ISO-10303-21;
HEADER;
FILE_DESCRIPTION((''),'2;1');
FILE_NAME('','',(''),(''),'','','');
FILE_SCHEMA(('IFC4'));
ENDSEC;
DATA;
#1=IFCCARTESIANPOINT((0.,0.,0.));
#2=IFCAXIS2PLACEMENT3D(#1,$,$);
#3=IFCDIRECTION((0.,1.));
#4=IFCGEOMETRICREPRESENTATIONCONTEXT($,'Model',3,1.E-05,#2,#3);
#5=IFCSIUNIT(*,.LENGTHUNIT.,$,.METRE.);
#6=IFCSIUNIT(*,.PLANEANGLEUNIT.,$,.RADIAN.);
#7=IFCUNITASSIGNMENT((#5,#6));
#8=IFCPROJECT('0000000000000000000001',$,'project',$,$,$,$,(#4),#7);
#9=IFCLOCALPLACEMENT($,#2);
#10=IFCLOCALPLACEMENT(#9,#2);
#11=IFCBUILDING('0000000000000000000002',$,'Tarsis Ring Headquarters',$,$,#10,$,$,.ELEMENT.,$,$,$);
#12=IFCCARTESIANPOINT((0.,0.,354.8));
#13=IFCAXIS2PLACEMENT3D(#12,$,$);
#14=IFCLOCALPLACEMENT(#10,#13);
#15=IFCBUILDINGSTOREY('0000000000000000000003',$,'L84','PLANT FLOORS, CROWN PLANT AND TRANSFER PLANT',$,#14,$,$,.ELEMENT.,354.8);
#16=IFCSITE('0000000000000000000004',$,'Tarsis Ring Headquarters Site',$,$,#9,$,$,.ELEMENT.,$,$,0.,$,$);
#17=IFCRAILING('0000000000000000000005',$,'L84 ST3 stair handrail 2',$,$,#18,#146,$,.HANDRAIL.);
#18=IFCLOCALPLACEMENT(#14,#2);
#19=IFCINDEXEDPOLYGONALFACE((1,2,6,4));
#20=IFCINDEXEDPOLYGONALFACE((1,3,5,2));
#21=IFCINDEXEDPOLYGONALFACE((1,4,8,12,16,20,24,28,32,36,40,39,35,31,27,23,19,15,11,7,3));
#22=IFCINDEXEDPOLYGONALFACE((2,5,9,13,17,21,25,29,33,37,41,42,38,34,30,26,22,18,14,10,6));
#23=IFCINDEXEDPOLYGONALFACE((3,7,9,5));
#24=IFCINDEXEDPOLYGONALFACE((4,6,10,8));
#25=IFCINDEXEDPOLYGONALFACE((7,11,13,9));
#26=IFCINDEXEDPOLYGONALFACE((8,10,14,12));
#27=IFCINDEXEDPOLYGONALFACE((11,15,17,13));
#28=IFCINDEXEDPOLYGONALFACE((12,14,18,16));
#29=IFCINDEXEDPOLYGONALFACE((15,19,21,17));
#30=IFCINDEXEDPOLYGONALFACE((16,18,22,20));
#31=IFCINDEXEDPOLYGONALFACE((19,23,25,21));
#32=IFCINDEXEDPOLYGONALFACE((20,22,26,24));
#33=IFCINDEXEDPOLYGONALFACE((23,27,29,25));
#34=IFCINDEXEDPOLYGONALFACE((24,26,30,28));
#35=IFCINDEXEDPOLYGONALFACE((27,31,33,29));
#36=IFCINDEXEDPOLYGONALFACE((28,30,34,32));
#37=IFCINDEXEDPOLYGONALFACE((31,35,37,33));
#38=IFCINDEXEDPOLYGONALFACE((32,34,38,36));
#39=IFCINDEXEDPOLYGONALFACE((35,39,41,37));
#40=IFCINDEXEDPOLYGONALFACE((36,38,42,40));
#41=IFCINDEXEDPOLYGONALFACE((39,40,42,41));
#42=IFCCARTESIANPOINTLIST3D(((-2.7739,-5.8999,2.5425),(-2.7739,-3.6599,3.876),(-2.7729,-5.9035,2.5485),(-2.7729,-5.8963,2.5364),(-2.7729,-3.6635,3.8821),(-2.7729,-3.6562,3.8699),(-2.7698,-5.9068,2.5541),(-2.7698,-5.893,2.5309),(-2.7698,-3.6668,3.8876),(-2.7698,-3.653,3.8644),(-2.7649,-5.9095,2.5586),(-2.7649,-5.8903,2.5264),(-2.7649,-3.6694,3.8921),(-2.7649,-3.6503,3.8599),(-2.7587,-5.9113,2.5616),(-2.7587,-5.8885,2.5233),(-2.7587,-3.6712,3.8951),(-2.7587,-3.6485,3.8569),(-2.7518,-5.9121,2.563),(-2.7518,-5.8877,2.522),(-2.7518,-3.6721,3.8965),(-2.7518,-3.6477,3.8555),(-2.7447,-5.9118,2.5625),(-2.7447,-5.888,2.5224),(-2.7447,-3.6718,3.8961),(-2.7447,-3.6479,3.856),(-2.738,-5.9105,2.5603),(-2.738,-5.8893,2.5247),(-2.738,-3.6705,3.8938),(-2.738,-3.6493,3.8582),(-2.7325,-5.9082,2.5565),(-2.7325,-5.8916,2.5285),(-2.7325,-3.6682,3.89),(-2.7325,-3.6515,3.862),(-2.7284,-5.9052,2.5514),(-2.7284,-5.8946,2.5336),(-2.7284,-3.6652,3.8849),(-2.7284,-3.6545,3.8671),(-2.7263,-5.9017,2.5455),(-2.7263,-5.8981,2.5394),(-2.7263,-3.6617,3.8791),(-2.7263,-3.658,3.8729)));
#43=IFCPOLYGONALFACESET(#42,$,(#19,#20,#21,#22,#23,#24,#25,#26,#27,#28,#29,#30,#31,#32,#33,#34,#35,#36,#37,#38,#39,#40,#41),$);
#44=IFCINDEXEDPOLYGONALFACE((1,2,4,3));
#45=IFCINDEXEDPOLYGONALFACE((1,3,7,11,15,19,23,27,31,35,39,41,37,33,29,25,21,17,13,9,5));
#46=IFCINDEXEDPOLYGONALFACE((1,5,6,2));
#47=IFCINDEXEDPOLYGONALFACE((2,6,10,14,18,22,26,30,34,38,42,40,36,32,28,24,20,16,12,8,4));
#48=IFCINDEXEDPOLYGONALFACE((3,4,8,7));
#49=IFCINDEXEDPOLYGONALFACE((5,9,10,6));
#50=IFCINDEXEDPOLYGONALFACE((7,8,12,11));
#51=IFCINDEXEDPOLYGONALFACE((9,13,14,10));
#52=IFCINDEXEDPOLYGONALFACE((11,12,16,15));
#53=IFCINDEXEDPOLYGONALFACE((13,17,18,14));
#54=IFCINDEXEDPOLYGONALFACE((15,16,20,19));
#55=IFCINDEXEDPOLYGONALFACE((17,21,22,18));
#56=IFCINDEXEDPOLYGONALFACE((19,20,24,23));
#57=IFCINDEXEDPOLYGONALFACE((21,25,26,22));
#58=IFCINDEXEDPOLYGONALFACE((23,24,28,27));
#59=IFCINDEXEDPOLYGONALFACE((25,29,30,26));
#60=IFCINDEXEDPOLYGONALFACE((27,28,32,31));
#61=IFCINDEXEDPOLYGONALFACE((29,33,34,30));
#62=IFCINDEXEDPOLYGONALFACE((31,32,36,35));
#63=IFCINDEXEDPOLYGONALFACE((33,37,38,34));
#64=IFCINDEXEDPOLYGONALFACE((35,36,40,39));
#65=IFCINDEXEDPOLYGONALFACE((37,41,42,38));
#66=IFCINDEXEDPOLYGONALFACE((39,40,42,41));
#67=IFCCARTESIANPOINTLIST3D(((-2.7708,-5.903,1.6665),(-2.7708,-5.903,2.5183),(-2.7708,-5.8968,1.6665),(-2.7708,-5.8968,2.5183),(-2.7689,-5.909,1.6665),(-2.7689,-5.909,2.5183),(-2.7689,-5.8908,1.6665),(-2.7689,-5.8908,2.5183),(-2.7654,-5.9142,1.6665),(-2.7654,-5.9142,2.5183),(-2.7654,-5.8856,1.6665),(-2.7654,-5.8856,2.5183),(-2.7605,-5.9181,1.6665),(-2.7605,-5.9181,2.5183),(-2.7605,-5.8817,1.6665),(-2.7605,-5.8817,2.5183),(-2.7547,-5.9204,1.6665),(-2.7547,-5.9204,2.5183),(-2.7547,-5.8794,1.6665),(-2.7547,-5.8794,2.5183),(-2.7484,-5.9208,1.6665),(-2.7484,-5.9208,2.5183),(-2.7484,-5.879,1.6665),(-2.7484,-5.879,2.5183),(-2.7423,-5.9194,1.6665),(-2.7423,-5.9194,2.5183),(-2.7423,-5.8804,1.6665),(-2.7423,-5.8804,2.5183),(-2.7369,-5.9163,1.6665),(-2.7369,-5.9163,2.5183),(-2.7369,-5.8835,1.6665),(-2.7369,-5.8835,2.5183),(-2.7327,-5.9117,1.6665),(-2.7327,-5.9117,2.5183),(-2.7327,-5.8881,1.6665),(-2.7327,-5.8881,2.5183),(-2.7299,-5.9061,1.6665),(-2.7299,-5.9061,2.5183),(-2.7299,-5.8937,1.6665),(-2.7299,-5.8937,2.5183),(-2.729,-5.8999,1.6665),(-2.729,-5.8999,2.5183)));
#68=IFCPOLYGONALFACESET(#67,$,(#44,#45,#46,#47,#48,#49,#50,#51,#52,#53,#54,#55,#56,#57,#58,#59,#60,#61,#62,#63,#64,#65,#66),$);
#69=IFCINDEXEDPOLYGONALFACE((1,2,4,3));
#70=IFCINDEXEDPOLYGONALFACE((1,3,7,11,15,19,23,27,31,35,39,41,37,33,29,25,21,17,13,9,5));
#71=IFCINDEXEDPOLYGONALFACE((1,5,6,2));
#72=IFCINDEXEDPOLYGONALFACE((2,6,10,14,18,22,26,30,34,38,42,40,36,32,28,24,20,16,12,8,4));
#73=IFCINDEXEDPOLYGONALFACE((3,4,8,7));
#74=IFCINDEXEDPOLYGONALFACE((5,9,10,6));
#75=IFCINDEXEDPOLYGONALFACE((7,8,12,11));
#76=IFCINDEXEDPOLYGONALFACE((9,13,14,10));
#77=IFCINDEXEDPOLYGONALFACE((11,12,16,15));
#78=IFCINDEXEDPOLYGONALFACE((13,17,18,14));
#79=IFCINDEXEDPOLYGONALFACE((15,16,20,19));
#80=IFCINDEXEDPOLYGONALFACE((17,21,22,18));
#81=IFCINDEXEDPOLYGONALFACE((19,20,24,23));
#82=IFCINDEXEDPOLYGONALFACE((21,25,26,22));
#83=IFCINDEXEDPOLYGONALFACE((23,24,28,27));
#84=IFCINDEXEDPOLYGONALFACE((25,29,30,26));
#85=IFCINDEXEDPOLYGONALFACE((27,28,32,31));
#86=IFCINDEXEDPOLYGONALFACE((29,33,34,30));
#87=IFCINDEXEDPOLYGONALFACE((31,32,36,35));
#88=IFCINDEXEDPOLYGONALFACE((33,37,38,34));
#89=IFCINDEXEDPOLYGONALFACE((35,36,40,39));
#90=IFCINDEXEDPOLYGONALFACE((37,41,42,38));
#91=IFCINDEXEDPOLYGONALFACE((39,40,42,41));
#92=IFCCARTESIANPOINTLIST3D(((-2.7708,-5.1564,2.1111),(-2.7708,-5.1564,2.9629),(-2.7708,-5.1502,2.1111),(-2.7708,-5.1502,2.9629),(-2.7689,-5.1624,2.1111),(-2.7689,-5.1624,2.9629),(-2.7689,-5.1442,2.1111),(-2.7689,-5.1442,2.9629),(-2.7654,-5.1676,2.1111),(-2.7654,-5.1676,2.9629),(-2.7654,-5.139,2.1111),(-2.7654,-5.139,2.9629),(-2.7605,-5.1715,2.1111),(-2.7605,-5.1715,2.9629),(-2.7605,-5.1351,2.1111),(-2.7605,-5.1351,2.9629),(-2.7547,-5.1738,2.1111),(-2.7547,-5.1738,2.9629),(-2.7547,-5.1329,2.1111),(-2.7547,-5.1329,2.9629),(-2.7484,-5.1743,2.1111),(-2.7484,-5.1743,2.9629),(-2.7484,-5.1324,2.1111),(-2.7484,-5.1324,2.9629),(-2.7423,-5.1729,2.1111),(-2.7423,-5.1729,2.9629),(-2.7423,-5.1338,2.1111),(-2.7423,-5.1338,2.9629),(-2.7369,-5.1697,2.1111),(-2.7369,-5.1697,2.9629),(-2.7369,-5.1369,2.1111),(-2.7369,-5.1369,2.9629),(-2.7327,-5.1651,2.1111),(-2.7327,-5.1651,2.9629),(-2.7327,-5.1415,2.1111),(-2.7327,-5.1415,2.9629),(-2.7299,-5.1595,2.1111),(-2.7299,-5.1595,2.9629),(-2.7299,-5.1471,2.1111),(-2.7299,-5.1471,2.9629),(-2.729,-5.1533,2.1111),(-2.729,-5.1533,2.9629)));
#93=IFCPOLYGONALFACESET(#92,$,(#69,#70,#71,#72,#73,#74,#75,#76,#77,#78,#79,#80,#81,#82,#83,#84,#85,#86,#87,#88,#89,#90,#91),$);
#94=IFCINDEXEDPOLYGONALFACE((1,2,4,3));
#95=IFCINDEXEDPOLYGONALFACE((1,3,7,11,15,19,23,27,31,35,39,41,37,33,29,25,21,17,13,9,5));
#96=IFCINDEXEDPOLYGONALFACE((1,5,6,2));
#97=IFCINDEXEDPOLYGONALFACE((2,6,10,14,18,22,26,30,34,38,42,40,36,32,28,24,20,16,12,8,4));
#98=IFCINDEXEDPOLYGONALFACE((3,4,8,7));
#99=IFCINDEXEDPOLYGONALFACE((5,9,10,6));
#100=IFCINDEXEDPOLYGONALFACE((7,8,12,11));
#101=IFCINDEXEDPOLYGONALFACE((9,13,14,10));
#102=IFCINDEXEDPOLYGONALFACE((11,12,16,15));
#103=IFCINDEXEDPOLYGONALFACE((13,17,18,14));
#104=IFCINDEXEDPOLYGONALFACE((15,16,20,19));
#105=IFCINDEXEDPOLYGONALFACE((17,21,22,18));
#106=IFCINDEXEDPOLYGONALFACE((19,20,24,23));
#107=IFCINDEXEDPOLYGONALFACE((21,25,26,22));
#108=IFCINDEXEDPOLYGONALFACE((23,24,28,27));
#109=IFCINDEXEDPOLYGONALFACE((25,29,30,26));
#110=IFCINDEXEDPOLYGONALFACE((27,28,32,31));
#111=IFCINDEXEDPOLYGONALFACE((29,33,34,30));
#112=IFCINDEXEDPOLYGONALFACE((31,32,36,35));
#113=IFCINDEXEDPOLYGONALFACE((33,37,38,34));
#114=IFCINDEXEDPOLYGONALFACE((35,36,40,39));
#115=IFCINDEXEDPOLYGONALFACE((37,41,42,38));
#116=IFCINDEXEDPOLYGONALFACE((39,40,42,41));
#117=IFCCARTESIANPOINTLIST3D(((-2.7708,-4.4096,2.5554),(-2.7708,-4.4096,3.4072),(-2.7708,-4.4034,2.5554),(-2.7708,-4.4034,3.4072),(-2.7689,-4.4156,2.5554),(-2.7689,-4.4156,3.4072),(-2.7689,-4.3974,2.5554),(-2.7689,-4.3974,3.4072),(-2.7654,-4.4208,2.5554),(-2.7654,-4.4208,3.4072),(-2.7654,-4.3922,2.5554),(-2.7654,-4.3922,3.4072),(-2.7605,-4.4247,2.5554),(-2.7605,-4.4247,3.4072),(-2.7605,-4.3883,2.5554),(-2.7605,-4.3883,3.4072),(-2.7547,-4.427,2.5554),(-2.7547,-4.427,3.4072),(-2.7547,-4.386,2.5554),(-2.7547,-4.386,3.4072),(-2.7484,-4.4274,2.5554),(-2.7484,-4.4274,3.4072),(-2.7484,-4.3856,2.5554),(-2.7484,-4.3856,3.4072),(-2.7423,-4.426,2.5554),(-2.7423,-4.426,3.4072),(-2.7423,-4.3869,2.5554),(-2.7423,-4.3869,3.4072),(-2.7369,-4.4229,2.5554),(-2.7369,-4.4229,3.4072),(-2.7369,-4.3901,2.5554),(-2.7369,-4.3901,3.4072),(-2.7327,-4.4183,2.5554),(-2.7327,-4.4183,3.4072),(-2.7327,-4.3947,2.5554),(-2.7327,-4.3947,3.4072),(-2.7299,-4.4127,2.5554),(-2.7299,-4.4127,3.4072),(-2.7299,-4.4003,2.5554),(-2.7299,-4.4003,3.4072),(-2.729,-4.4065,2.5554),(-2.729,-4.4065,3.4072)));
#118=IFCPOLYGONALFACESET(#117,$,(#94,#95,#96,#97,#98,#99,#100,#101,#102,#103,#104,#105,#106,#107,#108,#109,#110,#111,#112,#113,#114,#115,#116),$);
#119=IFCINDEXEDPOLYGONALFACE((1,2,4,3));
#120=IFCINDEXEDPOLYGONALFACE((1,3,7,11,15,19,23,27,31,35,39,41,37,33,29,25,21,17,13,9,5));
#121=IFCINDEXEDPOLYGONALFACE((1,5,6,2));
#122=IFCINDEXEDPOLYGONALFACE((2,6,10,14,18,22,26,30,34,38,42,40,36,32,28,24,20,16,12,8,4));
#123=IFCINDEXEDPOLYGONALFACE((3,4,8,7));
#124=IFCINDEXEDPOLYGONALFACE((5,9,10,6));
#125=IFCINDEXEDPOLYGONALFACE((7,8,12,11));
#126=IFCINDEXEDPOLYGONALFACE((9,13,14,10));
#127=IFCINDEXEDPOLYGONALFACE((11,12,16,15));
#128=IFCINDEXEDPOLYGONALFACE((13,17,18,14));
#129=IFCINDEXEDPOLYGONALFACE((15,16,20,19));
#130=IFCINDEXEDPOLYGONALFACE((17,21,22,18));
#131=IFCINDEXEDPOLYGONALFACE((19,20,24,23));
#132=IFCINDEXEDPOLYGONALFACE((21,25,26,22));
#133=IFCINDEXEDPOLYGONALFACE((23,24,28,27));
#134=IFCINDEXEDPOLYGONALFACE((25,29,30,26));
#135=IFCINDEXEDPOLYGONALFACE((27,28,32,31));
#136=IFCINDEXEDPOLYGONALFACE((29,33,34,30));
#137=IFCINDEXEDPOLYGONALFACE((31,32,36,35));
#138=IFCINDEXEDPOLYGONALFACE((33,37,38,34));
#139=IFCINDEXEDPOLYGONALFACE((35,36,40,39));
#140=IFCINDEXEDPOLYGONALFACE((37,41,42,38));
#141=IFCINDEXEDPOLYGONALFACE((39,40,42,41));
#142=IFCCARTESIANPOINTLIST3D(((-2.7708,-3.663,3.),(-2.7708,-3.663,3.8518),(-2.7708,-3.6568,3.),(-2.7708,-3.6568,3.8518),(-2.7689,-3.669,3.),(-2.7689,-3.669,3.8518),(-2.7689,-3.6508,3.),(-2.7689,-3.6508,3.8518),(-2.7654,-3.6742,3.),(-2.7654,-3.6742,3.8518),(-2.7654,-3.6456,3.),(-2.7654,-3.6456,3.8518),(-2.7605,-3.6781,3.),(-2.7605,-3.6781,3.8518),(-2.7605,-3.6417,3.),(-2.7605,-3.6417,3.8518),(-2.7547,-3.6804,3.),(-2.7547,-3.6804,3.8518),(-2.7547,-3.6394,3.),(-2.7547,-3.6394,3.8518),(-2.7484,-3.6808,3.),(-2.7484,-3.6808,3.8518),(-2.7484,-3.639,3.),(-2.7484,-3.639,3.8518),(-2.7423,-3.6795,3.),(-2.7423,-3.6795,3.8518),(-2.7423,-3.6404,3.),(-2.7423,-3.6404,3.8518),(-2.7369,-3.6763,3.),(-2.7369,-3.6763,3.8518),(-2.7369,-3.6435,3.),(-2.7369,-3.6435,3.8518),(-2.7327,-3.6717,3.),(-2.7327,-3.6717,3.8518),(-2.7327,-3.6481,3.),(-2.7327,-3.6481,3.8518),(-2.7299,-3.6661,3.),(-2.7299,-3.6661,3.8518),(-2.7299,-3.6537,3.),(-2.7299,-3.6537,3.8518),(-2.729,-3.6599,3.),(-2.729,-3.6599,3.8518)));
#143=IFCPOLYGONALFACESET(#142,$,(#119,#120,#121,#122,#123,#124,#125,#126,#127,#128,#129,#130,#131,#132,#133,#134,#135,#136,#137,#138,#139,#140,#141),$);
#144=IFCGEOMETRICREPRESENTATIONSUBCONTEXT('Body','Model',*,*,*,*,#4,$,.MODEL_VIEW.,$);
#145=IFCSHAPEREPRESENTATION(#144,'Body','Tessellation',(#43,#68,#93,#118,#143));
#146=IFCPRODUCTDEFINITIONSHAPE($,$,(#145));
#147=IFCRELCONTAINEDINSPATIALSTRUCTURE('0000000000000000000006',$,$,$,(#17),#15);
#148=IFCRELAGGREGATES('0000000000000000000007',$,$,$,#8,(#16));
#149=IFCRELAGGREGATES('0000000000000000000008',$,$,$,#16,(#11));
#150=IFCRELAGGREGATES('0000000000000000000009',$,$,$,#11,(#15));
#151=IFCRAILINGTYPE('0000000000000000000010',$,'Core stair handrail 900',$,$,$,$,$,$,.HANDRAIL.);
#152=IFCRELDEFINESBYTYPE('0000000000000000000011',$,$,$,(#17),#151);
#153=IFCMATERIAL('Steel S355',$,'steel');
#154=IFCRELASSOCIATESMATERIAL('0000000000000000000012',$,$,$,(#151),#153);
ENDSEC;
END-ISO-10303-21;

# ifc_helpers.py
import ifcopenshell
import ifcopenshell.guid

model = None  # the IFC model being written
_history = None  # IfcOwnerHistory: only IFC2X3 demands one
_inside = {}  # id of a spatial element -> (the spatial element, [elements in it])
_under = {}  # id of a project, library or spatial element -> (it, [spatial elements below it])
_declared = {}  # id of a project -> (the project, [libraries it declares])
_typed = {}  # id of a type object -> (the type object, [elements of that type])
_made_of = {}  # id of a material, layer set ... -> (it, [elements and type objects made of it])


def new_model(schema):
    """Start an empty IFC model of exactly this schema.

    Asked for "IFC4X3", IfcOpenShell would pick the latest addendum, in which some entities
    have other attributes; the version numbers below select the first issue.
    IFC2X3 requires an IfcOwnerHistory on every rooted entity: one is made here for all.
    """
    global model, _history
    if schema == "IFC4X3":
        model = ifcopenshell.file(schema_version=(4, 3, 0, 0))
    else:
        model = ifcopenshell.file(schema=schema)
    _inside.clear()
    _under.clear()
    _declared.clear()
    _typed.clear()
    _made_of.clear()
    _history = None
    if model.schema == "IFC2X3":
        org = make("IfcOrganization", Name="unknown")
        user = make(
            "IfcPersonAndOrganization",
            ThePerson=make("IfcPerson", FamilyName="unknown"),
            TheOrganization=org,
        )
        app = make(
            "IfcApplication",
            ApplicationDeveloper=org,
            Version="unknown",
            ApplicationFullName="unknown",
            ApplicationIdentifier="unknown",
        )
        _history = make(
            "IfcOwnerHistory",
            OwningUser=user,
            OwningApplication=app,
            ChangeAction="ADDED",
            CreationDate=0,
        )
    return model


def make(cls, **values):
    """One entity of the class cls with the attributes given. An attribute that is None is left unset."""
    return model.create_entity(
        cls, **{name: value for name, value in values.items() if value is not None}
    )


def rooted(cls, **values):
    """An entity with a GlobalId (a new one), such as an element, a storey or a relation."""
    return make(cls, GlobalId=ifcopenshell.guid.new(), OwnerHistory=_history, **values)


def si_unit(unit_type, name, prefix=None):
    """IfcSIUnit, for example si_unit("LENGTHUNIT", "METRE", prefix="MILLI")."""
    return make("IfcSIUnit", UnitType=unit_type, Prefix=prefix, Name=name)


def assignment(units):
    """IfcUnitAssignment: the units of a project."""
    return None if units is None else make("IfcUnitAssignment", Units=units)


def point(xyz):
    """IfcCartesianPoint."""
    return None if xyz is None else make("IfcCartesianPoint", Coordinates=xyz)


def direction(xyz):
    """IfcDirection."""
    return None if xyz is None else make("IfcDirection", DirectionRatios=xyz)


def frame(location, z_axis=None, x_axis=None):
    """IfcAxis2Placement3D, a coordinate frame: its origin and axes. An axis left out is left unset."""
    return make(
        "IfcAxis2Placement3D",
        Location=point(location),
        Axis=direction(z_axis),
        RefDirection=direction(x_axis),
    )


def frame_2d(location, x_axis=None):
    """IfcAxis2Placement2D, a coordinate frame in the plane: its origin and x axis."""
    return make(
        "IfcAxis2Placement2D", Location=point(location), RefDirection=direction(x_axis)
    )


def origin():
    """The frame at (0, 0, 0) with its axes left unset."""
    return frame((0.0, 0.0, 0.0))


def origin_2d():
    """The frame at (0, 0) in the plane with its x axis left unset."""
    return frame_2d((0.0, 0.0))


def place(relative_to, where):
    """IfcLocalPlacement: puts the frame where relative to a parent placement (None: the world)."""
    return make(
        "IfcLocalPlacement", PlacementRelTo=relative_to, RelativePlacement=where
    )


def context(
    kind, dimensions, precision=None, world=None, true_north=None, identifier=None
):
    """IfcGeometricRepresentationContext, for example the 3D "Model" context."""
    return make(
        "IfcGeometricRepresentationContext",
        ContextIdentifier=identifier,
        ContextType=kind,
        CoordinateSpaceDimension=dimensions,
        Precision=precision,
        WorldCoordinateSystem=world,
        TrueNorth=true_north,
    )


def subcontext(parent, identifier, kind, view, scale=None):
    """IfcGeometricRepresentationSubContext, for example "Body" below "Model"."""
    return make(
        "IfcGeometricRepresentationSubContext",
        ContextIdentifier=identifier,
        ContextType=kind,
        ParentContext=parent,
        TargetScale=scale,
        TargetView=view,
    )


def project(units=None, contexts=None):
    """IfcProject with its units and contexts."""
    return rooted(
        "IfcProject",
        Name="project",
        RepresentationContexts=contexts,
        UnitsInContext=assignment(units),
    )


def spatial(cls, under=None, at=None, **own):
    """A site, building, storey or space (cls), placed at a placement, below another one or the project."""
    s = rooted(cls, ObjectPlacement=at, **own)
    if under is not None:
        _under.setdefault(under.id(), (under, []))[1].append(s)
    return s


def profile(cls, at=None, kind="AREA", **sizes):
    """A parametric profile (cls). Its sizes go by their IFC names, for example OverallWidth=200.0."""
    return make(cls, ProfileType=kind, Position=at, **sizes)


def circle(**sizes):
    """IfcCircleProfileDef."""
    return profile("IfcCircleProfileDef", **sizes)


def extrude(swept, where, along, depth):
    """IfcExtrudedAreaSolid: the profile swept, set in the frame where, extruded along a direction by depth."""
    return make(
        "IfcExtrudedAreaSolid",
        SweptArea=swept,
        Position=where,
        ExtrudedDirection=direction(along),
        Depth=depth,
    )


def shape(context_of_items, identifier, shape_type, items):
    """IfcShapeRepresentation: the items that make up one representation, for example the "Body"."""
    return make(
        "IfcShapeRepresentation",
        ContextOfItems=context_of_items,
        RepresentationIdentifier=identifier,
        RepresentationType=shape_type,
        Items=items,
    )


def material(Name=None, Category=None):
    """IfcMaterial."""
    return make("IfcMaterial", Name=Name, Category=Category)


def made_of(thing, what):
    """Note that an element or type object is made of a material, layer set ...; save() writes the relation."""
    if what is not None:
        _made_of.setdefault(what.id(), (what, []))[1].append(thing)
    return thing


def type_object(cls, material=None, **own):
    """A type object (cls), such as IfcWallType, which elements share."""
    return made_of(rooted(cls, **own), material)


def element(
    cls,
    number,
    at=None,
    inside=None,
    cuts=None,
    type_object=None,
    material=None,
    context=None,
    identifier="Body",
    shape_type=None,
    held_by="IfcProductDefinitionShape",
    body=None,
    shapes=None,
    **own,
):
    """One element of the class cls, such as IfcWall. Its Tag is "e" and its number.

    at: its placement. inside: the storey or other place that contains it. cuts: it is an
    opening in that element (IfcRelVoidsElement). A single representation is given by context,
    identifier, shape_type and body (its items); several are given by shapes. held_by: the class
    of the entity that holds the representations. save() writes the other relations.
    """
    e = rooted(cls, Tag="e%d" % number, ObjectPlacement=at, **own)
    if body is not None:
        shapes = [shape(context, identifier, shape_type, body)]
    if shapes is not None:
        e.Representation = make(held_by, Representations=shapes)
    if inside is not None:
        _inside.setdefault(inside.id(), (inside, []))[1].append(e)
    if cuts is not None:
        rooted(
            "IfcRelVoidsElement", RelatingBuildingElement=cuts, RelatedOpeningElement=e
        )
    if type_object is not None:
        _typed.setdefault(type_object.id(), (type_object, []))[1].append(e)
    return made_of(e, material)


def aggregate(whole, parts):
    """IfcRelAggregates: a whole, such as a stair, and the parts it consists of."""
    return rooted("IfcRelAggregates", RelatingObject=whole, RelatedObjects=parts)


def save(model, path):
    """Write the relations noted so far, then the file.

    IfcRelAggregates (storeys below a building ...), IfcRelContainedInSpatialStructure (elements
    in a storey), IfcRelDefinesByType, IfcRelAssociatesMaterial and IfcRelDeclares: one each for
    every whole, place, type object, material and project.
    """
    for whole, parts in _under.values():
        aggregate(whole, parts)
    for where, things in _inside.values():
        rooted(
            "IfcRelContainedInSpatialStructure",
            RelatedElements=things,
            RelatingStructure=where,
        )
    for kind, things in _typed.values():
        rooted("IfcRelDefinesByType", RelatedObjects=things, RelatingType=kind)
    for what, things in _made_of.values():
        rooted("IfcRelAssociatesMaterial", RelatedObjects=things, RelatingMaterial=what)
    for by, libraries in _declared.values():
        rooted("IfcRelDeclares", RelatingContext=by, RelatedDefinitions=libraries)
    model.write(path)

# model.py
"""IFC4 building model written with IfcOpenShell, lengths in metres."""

from ifc_helpers import new_model, si_unit, direction, frame, origin, origin_2d, place, context, subcontext, project, spatial, circle, extrude, material, type_object, element, save


model = new_model("IFC4")

# Units and contexts
model_context = context("Model", 3, precision=1e-05, world=origin(), true_north=direction((0.0, 1.0)))
body_context = subcontext(model_context, "Body", "Model", "MODEL_VIEW")
ifc_project = project(units=[si_unit("LENGTHUNIT", "METRE"), si_unit("PLANEANGLEUNIT", "RADIAN")], contexts=[model_context])

# Site, building, storey
site_placement = place(None, origin())
site = spatial("IfcSite", under=ifc_project, at=site_placement, Name="Tarsis Ring Headquarters Site", CompositionType="ELEMENT", RefElevation=0.0)
building_placement = place(site_placement, origin())
building = spatial("IfcBuilding", under=site, at=building_placement, Name="Tarsis Ring Headquarters", CompositionType="ELEMENT")
storey_placement = place(building_placement, frame((0.0, 0.0, 354.8)))
storey = spatial("IfcBuildingStorey", under=building, at=storey_placement, Name="L84", Description="PLANT FLOORS, CROWN PLANT AND TRANSFER PLANT", CompositionType="ELEMENT", Elevation=354.8)

# Railing
ifc_material_1 = material(Name="Steel S355", Category="steel")
railing_type_1 = type_object("IfcRailingType", Name="Core stair handrail 900", PredefinedType="HANDRAIL", material=ifc_material_1)
railing_1_placement = place(storey_placement, frame((-2.75, -5.8999, 1.6665)))
element("IfcRailing", 1, at=railing_1_placement, inside=storey, type_object=railing_type_1, Name="L84 ST3 stair handrail 2", PredefinedType="HANDRAIL", context=body_context, shape_type="SweptSolid", body=[
    extrude(circle(Radius=0.0239, at=origin_2d()), frame((0.0, 0.0, 0.876), z_axis=(0.0, 0.859264, 0.511532), x_axis=(-1.0, 0.0, 0.0)), (0.0, 0.0, 1.0), 2.6069),
    extrude(circle(Radius=0.021, at=origin_2d()), origin(), (0.0, 0.0, 1.0), 0.8518),
    extrude(circle(Radius=0.021, at=origin_2d()), frame((0.0, 0.7466, 0.4446)), (0.0, 0.0, 1.0), 0.8518),
    extrude(circle(Radius=0.021, at=origin_2d()), frame((0.0, 1.4934, 0.8889)), (0.0, 0.0, 1.0), 0.8518),
    extrude(circle(Radius=0.021, at=origin_2d()), frame((0.0, 2.24, 1.3335)), (0.0, 0.0, 1.0), 0.8518),
])

save(model, "model.ifc")
